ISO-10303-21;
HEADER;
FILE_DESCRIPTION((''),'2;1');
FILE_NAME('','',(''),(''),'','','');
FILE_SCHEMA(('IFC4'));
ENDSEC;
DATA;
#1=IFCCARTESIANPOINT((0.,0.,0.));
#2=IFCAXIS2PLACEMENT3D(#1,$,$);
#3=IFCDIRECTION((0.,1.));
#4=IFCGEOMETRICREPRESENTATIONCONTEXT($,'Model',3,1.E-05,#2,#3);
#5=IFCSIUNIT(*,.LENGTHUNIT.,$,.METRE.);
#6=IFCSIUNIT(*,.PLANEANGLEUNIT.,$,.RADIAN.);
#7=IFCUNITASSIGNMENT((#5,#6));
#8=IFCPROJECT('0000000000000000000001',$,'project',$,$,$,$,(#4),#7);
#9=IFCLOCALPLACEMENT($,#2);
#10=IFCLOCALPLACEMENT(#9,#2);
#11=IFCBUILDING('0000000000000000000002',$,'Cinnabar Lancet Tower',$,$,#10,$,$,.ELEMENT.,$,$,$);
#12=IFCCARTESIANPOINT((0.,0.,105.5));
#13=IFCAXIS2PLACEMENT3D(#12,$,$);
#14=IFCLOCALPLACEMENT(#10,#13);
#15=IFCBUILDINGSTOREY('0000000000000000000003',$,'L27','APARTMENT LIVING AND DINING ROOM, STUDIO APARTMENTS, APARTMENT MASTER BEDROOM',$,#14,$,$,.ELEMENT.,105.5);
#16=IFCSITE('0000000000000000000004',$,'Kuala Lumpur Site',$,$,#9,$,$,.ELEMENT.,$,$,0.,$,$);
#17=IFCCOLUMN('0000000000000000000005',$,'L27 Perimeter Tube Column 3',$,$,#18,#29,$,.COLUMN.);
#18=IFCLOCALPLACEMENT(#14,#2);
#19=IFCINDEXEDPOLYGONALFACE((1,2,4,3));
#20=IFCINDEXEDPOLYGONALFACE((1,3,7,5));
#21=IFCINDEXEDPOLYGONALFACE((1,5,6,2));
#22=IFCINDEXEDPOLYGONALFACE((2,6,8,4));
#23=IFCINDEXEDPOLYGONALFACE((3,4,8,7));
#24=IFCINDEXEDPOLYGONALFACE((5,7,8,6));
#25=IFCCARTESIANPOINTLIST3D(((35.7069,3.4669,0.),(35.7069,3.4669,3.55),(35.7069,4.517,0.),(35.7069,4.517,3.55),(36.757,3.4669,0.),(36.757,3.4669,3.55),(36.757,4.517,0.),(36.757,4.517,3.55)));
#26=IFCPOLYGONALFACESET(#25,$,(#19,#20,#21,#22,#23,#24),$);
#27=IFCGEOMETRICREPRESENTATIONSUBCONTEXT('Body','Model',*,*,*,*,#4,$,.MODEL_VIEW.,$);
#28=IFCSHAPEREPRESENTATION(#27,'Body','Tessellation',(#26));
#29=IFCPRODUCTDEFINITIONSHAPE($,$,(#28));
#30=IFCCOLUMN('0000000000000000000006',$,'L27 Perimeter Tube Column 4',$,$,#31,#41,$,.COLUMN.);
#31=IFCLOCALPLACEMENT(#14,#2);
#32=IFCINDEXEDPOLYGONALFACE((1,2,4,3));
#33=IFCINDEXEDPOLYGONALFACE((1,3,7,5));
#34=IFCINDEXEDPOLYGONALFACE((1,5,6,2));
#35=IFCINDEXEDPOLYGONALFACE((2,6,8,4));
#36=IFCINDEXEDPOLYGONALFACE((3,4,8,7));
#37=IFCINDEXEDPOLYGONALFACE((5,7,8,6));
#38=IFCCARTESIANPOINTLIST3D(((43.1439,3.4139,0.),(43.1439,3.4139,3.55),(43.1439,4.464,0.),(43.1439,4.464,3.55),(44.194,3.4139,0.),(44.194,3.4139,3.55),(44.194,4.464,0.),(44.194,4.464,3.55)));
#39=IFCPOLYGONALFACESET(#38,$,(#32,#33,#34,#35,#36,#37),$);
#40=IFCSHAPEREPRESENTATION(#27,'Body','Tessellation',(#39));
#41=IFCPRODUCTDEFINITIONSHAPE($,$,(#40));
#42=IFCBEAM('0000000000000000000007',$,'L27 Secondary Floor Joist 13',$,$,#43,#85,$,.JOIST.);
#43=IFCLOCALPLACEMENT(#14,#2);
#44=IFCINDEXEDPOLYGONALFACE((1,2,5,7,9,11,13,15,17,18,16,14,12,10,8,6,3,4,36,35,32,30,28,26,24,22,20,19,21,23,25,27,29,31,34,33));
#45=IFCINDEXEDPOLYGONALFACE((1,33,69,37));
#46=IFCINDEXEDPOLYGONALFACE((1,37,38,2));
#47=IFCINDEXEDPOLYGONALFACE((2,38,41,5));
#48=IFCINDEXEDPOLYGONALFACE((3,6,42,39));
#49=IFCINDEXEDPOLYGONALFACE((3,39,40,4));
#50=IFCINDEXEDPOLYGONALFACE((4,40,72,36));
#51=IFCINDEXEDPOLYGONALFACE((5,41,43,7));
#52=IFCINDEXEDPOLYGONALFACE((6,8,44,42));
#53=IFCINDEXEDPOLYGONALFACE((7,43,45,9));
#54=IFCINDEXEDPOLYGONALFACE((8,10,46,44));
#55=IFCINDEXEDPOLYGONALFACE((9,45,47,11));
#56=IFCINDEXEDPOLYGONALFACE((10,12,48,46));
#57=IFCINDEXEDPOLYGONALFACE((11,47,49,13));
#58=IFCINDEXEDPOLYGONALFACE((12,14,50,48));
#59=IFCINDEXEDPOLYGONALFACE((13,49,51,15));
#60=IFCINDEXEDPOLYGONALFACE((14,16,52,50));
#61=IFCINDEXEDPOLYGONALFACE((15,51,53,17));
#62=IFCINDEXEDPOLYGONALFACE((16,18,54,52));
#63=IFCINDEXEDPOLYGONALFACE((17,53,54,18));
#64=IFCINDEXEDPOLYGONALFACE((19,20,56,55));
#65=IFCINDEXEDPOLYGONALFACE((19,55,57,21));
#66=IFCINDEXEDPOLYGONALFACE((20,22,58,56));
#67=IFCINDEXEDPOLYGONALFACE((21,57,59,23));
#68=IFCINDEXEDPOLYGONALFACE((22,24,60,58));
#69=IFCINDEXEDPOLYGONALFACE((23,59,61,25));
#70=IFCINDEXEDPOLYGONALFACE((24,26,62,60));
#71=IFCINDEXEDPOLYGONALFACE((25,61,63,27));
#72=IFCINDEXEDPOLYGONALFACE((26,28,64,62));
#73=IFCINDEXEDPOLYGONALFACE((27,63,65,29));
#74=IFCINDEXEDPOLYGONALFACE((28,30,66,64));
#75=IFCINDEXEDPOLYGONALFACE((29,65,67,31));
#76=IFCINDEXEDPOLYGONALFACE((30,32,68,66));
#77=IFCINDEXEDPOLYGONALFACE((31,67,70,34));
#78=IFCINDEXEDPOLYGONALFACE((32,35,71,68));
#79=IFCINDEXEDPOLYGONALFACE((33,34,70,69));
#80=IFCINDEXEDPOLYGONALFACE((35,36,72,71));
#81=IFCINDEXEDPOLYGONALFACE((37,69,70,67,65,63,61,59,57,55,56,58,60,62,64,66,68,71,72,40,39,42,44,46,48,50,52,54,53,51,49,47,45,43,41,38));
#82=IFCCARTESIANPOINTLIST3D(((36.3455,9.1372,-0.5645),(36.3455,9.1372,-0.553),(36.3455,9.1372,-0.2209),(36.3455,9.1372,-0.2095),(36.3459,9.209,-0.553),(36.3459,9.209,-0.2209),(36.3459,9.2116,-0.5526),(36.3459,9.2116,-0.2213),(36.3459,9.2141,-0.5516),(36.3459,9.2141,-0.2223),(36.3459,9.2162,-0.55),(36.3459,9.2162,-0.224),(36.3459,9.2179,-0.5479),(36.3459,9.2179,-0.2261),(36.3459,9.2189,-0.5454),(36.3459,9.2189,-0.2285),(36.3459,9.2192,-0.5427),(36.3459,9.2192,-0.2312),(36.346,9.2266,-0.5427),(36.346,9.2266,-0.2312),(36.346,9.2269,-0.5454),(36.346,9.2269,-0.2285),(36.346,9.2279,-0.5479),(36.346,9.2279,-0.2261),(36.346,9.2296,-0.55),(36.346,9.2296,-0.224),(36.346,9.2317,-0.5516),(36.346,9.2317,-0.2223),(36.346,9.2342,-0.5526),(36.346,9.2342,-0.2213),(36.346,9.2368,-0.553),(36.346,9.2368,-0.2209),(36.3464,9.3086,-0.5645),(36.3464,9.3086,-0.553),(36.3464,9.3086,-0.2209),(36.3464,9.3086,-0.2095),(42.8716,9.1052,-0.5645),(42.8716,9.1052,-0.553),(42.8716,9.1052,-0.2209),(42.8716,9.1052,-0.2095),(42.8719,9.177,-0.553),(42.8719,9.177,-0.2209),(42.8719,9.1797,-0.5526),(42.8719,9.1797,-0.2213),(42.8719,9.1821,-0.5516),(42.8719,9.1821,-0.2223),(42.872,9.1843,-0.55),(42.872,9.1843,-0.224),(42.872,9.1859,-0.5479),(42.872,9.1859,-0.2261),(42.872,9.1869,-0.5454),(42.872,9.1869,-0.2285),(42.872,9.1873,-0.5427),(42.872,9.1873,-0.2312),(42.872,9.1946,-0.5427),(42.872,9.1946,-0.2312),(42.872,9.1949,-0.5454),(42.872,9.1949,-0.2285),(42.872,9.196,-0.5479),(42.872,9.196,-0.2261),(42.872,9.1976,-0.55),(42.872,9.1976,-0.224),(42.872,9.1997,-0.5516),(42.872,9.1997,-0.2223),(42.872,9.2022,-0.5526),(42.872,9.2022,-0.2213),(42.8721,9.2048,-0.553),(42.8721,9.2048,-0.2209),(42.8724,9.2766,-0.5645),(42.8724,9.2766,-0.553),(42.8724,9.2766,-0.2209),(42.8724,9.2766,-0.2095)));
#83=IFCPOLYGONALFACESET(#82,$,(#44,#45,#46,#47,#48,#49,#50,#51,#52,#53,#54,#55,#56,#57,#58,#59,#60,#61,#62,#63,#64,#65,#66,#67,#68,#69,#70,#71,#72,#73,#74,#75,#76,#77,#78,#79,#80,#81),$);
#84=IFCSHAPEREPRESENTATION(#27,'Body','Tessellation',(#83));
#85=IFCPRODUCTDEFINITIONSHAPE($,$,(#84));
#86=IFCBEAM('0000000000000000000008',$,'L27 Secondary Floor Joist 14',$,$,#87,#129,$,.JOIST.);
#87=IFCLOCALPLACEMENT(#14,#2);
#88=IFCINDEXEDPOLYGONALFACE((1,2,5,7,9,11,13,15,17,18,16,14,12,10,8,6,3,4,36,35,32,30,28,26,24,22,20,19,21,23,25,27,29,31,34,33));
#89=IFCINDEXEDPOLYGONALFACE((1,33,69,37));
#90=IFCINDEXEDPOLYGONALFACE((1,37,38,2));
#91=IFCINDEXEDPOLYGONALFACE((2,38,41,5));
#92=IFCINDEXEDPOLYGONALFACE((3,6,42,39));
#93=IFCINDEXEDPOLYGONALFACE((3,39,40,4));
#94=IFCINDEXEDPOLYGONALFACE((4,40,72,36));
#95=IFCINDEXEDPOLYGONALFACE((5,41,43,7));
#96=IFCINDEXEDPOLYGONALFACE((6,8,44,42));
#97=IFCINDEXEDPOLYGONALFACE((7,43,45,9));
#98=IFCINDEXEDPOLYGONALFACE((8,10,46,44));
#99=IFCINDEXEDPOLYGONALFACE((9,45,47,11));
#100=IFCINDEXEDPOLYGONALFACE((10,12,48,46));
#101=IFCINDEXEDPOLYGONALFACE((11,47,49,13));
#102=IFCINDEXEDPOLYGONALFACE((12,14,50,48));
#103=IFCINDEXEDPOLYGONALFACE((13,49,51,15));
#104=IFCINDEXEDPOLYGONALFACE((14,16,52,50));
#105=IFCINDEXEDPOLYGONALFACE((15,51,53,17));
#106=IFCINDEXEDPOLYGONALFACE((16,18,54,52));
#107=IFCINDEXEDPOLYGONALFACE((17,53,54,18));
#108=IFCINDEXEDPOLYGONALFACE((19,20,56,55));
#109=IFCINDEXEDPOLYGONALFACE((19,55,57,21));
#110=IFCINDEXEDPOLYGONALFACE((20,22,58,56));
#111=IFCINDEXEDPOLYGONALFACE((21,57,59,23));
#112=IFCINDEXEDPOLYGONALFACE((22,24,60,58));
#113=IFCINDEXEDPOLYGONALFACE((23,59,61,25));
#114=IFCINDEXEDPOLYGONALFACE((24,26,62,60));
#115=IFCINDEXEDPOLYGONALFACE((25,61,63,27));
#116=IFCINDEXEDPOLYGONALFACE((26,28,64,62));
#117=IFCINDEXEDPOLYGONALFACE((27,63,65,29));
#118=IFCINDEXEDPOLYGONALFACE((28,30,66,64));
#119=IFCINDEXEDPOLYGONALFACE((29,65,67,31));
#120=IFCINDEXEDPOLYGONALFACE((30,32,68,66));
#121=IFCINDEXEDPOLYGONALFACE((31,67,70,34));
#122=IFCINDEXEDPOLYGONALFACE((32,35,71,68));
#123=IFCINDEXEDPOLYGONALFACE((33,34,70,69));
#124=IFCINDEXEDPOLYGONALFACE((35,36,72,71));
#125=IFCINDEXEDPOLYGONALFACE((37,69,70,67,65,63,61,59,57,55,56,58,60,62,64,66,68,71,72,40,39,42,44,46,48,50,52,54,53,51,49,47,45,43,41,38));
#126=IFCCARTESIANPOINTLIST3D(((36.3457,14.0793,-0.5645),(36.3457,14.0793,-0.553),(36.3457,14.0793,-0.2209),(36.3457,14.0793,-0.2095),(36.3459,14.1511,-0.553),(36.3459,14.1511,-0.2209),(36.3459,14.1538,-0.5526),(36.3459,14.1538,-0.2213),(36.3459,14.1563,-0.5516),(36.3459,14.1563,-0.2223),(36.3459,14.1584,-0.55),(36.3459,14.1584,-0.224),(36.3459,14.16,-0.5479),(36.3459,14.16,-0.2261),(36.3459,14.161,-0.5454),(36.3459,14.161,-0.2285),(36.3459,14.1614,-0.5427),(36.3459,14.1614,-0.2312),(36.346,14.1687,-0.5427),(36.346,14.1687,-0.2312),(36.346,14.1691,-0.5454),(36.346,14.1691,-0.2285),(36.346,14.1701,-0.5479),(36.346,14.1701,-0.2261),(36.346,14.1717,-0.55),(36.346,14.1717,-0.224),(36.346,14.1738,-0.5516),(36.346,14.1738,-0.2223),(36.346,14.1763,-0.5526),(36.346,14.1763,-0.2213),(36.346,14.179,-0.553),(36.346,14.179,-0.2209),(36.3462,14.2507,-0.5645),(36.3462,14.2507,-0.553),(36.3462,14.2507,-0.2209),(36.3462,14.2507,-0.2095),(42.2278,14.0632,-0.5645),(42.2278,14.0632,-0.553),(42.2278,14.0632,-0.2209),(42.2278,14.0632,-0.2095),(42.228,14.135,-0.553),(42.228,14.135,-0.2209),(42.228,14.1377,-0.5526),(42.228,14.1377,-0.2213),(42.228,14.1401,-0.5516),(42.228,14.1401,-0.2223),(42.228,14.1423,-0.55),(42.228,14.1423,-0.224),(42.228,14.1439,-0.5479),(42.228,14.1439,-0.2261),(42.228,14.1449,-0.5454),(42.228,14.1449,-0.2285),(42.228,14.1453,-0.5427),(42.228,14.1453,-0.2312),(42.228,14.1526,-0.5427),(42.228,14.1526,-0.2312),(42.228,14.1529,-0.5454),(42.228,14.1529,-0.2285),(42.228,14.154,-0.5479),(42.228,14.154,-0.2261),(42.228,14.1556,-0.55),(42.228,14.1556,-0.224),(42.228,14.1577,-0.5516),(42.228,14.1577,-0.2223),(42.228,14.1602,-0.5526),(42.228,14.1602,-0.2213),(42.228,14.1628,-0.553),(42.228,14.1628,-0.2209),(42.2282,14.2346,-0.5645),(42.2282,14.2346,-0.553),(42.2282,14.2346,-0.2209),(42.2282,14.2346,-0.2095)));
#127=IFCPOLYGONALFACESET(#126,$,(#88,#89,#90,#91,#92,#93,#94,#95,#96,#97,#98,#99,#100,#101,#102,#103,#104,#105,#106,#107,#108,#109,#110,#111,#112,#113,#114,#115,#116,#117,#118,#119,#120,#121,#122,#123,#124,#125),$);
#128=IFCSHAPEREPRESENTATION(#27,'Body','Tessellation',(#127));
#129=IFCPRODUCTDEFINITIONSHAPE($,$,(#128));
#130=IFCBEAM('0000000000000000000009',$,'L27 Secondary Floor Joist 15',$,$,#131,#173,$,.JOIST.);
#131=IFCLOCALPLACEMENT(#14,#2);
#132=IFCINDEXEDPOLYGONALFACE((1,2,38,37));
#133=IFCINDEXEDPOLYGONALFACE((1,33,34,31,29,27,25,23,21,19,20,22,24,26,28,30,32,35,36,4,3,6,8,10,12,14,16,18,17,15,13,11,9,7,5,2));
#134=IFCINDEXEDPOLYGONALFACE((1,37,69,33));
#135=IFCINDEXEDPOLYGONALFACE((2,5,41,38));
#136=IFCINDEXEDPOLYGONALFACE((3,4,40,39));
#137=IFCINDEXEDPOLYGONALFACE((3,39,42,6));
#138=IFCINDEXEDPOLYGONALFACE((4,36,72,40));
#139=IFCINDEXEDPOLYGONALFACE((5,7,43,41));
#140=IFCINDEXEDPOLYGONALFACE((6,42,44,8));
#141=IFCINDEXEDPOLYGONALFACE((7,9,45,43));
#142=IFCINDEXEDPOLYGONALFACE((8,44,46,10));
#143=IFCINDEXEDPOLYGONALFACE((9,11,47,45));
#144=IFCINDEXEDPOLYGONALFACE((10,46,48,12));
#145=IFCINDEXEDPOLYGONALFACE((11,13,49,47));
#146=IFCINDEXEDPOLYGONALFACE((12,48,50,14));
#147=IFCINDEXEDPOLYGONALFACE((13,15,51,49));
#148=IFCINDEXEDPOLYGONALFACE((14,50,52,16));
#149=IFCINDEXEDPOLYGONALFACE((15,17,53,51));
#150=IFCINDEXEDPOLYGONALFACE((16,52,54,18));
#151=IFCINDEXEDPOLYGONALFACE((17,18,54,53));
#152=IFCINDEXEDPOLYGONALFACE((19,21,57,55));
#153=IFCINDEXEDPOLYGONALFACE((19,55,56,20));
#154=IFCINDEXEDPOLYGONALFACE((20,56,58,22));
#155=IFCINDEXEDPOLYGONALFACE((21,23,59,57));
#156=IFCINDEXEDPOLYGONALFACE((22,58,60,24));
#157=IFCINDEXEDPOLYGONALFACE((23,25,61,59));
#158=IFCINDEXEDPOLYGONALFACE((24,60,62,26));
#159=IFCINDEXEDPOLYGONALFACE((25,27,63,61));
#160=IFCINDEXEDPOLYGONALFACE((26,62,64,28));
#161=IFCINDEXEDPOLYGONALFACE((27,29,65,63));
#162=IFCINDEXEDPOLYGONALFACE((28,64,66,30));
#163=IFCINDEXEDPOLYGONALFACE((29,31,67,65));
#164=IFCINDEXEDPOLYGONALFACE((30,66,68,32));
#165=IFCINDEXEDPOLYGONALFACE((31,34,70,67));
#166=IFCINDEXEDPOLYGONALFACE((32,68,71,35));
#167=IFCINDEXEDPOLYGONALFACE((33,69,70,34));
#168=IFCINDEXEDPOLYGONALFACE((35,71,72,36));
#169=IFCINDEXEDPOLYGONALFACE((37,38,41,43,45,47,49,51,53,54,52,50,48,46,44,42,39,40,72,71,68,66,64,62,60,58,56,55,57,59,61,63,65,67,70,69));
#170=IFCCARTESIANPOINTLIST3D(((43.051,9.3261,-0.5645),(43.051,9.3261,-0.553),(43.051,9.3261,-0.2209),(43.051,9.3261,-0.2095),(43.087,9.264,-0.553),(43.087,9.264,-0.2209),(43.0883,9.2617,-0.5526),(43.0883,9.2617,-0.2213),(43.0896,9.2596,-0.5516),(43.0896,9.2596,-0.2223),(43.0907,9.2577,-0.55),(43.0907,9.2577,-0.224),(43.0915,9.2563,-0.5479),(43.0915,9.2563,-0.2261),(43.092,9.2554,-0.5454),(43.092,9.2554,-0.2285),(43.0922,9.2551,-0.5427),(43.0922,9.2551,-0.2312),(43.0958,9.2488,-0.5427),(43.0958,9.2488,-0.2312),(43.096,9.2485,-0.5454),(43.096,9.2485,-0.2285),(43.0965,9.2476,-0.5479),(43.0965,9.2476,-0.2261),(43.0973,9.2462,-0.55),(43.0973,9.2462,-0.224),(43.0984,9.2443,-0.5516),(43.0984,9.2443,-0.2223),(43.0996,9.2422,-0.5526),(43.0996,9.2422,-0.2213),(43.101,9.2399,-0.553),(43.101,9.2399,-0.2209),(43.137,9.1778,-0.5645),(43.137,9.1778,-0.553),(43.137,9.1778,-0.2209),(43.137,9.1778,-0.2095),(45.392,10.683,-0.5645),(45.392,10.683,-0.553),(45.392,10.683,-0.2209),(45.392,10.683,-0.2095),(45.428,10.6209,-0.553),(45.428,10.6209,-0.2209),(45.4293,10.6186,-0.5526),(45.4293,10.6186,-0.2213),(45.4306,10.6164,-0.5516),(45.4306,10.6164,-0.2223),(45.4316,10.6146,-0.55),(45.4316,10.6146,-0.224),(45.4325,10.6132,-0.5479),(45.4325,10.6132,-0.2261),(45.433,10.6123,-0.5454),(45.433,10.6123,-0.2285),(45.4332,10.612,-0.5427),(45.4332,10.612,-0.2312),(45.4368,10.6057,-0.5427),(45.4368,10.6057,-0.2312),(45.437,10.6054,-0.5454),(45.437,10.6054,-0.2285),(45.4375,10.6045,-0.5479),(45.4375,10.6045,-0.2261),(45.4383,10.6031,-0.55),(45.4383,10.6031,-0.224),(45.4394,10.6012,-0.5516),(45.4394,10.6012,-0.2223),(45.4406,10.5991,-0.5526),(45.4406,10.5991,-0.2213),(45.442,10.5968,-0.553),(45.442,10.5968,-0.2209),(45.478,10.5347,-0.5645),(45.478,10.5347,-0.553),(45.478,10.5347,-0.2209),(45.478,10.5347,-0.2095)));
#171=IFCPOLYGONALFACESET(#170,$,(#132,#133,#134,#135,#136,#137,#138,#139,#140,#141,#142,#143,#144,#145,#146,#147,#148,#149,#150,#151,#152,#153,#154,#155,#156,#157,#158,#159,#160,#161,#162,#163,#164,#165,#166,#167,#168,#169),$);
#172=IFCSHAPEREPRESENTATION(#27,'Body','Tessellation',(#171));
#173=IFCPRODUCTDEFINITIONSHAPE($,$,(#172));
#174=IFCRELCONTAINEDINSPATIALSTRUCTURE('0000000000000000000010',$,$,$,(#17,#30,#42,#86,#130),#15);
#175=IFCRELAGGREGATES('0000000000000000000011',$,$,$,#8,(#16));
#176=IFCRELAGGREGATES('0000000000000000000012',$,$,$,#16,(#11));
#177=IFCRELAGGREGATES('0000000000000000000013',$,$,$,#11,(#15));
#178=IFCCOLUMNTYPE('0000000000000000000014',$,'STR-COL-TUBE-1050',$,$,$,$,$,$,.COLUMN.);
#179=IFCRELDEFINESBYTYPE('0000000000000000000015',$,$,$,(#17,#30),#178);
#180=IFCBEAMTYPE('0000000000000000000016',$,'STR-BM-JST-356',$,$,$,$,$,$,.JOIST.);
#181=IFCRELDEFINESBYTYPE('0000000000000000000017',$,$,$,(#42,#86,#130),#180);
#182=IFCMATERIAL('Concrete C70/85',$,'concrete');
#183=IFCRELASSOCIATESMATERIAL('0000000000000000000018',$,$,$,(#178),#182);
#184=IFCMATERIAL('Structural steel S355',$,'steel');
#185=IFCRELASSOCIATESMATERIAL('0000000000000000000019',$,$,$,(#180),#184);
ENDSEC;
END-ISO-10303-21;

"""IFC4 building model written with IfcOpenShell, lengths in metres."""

from ifc_helpers import new_model, si_unit, direction, frame, origin, origin_2d, place, context, subcontext, project, spatial, rectangle, i_section, extrude, material, material_profile, profile_set, type_object, element, save


model = new_model("IFC4")

# Units and contexts
model_context = context("Model", 3, precision=1e-05, world=origin(), true_north=direction((0.0, 1.0)))
body_context = subcontext(model_context, "Body", "Model", "MODEL_VIEW")
ifc_project = project(units=[si_unit("LENGTHUNIT", "METRE"), si_unit("PLANEANGLEUNIT", "RADIAN")], contexts=[model_context])

# Site, building, storey
site_placement = place(None, origin())
site = spatial("IfcSite", under=ifc_project, at=site_placement, Name="Kuala Lumpur Site", CompositionType="ELEMENT", RefElevation=0.0)
building_placement = place(site_placement, origin())
building = spatial("IfcBuilding", under=site, at=building_placement, Name="Cinnabar Lancet Tower", CompositionType="ELEMENT")
storey_placement = place(building_placement, frame((0.0, 0.0, 105.5)))
storey = spatial("IfcBuildingStorey", under=building, at=storey_placement, Name="L27", Description="APARTMENT LIVING AND DINING ROOM, STUDIO APARTMENTS, APARTMENT MASTER BEDROOM", CompositionType="ELEMENT", Elevation=105.5)

# Columns
ifc_material_1 = material(Name="Concrete C70/85", Category="concrete")
ifc_material_profile_1 = material_profile(ifc_material_1, rectangle(XDim=1.05, YDim=1.05, at=origin_2d()), Name="RC-COL 1050x1050")
ifc_profile_set_1 = profile_set([ifc_material_profile_1], Name="Concrete C70/85")
column_type = type_object("IfcColumnType", Name="STR-COL-TUBE-1050", PredefinedType="COLUMN", material=ifc_profile_set_1)
for number, where, z_axis, x_axis, name in (
    (1, (36.2319, 3.9919, 0.0), (0.0, 0.0, 1.0), (1.0, 0.0, 0.0), "L27 Perimeter Tube Column 3"),
    (2, (43.6689, 3.939, 0.0), (0.0, 0.0, 1.0), (1.0, 0.0, 0.0), "L27 Perimeter Tube Column 4"),
):
    element("IfcColumn", number, at=place(storey_placement, frame(where, z_axis=z_axis, x_axis=x_axis)), inside=storey, type_object=column_type, Name=name, PredefinedType="COLUMN", context=body_context, shape_type="SweptSolid", body=[
        extrude(rectangle(XDim=1.05, YDim=1.05, at=origin_2d()), origin(), (0.0, 0.0, 1.0), 3.55),
    ])

# Beams
ifc_material_2 = material(Name="Structural steel S355", Category="steel")
ifc_material_profile_2 = material_profile(ifc_material_2, i_section(OverallWidth=0.1714, OverallDepth=0.355, WebThickness=0.0073, FlangeThickness=0.0115, FilletRadius=0.0103, at=origin_2d()), Name="UKB 356x171x51")
ifc_profile_set_2 = profile_set([ifc_material_profile_2], Name="Structural steel S355")
beam_type_1 = type_object("IfcBeamType", Name="STR-BM-JST-356", PredefinedType="JOIST", material=ifc_profile_set_2)
beam_1_placement = place(storey_placement, frame((36.3459, 9.2229, -0.387), z_axis=(0.999988, -0.004901, 0.0), x_axis=(0.004901, 0.999988, 0.0)))
element("IfcBeam", 3, at=beam_1_placement, inside=storey, type_object=beam_type_1, Name="L27 Secondary Floor Joist 13", PredefinedType="JOIST", context=body_context, shape_type="SweptSolid", body=[
    extrude(i_section(OverallWidth=0.1714, OverallDepth=0.355, WebThickness=0.0073, FlangeThickness=0.0115, FilletRadius=0.0103, at=origin_2d()), origin(), (0.0, 0.0, 1.0), 6.5261),
])
beam_2_placement = place(storey_placement, frame((36.3459, 14.165, -0.387), z_axis=(0.999996, -0.002739, 0.0), x_axis=(0.002739, 0.999996, 0.0)))
element("IfcBeam", 4, at=beam_2_placement, inside=storey, type_object=beam_type_1, Name="L27 Secondary Floor Joist 14", PredefinedType="JOIST", context=body_context, shape_type="SweptSolid", body=[
    extrude(i_section(OverallWidth=0.1714, OverallDepth=0.355, WebThickness=0.0073, FlangeThickness=0.0115, FilletRadius=0.0103, at=origin_2d()), origin(), (0.0, 0.0, 1.0), 5.8821),
])
beam_3_placement = place(storey_placement, frame((43.094, 9.252, -0.387), z_axis=(0.865173, 0.501474, 0.0), x_axis=(-0.501474, 0.865173, 0.0)))
element("IfcBeam", 5, at=beam_3_placement, inside=storey, type_object=beam_type_1, Name="L27 Secondary Floor Joist 15", PredefinedType="JOIST", context=body_context, shape_type="SweptSolid", body=[
    extrude(i_section(OverallWidth=0.1714, OverallDepth=0.355, WebThickness=0.0073, FlangeThickness=0.0115, FilletRadius=0.0103, at=origin_2d()), origin(), (0.0, 0.0, 1.0), 2.7058),
])

save(model, "model.ifc")
